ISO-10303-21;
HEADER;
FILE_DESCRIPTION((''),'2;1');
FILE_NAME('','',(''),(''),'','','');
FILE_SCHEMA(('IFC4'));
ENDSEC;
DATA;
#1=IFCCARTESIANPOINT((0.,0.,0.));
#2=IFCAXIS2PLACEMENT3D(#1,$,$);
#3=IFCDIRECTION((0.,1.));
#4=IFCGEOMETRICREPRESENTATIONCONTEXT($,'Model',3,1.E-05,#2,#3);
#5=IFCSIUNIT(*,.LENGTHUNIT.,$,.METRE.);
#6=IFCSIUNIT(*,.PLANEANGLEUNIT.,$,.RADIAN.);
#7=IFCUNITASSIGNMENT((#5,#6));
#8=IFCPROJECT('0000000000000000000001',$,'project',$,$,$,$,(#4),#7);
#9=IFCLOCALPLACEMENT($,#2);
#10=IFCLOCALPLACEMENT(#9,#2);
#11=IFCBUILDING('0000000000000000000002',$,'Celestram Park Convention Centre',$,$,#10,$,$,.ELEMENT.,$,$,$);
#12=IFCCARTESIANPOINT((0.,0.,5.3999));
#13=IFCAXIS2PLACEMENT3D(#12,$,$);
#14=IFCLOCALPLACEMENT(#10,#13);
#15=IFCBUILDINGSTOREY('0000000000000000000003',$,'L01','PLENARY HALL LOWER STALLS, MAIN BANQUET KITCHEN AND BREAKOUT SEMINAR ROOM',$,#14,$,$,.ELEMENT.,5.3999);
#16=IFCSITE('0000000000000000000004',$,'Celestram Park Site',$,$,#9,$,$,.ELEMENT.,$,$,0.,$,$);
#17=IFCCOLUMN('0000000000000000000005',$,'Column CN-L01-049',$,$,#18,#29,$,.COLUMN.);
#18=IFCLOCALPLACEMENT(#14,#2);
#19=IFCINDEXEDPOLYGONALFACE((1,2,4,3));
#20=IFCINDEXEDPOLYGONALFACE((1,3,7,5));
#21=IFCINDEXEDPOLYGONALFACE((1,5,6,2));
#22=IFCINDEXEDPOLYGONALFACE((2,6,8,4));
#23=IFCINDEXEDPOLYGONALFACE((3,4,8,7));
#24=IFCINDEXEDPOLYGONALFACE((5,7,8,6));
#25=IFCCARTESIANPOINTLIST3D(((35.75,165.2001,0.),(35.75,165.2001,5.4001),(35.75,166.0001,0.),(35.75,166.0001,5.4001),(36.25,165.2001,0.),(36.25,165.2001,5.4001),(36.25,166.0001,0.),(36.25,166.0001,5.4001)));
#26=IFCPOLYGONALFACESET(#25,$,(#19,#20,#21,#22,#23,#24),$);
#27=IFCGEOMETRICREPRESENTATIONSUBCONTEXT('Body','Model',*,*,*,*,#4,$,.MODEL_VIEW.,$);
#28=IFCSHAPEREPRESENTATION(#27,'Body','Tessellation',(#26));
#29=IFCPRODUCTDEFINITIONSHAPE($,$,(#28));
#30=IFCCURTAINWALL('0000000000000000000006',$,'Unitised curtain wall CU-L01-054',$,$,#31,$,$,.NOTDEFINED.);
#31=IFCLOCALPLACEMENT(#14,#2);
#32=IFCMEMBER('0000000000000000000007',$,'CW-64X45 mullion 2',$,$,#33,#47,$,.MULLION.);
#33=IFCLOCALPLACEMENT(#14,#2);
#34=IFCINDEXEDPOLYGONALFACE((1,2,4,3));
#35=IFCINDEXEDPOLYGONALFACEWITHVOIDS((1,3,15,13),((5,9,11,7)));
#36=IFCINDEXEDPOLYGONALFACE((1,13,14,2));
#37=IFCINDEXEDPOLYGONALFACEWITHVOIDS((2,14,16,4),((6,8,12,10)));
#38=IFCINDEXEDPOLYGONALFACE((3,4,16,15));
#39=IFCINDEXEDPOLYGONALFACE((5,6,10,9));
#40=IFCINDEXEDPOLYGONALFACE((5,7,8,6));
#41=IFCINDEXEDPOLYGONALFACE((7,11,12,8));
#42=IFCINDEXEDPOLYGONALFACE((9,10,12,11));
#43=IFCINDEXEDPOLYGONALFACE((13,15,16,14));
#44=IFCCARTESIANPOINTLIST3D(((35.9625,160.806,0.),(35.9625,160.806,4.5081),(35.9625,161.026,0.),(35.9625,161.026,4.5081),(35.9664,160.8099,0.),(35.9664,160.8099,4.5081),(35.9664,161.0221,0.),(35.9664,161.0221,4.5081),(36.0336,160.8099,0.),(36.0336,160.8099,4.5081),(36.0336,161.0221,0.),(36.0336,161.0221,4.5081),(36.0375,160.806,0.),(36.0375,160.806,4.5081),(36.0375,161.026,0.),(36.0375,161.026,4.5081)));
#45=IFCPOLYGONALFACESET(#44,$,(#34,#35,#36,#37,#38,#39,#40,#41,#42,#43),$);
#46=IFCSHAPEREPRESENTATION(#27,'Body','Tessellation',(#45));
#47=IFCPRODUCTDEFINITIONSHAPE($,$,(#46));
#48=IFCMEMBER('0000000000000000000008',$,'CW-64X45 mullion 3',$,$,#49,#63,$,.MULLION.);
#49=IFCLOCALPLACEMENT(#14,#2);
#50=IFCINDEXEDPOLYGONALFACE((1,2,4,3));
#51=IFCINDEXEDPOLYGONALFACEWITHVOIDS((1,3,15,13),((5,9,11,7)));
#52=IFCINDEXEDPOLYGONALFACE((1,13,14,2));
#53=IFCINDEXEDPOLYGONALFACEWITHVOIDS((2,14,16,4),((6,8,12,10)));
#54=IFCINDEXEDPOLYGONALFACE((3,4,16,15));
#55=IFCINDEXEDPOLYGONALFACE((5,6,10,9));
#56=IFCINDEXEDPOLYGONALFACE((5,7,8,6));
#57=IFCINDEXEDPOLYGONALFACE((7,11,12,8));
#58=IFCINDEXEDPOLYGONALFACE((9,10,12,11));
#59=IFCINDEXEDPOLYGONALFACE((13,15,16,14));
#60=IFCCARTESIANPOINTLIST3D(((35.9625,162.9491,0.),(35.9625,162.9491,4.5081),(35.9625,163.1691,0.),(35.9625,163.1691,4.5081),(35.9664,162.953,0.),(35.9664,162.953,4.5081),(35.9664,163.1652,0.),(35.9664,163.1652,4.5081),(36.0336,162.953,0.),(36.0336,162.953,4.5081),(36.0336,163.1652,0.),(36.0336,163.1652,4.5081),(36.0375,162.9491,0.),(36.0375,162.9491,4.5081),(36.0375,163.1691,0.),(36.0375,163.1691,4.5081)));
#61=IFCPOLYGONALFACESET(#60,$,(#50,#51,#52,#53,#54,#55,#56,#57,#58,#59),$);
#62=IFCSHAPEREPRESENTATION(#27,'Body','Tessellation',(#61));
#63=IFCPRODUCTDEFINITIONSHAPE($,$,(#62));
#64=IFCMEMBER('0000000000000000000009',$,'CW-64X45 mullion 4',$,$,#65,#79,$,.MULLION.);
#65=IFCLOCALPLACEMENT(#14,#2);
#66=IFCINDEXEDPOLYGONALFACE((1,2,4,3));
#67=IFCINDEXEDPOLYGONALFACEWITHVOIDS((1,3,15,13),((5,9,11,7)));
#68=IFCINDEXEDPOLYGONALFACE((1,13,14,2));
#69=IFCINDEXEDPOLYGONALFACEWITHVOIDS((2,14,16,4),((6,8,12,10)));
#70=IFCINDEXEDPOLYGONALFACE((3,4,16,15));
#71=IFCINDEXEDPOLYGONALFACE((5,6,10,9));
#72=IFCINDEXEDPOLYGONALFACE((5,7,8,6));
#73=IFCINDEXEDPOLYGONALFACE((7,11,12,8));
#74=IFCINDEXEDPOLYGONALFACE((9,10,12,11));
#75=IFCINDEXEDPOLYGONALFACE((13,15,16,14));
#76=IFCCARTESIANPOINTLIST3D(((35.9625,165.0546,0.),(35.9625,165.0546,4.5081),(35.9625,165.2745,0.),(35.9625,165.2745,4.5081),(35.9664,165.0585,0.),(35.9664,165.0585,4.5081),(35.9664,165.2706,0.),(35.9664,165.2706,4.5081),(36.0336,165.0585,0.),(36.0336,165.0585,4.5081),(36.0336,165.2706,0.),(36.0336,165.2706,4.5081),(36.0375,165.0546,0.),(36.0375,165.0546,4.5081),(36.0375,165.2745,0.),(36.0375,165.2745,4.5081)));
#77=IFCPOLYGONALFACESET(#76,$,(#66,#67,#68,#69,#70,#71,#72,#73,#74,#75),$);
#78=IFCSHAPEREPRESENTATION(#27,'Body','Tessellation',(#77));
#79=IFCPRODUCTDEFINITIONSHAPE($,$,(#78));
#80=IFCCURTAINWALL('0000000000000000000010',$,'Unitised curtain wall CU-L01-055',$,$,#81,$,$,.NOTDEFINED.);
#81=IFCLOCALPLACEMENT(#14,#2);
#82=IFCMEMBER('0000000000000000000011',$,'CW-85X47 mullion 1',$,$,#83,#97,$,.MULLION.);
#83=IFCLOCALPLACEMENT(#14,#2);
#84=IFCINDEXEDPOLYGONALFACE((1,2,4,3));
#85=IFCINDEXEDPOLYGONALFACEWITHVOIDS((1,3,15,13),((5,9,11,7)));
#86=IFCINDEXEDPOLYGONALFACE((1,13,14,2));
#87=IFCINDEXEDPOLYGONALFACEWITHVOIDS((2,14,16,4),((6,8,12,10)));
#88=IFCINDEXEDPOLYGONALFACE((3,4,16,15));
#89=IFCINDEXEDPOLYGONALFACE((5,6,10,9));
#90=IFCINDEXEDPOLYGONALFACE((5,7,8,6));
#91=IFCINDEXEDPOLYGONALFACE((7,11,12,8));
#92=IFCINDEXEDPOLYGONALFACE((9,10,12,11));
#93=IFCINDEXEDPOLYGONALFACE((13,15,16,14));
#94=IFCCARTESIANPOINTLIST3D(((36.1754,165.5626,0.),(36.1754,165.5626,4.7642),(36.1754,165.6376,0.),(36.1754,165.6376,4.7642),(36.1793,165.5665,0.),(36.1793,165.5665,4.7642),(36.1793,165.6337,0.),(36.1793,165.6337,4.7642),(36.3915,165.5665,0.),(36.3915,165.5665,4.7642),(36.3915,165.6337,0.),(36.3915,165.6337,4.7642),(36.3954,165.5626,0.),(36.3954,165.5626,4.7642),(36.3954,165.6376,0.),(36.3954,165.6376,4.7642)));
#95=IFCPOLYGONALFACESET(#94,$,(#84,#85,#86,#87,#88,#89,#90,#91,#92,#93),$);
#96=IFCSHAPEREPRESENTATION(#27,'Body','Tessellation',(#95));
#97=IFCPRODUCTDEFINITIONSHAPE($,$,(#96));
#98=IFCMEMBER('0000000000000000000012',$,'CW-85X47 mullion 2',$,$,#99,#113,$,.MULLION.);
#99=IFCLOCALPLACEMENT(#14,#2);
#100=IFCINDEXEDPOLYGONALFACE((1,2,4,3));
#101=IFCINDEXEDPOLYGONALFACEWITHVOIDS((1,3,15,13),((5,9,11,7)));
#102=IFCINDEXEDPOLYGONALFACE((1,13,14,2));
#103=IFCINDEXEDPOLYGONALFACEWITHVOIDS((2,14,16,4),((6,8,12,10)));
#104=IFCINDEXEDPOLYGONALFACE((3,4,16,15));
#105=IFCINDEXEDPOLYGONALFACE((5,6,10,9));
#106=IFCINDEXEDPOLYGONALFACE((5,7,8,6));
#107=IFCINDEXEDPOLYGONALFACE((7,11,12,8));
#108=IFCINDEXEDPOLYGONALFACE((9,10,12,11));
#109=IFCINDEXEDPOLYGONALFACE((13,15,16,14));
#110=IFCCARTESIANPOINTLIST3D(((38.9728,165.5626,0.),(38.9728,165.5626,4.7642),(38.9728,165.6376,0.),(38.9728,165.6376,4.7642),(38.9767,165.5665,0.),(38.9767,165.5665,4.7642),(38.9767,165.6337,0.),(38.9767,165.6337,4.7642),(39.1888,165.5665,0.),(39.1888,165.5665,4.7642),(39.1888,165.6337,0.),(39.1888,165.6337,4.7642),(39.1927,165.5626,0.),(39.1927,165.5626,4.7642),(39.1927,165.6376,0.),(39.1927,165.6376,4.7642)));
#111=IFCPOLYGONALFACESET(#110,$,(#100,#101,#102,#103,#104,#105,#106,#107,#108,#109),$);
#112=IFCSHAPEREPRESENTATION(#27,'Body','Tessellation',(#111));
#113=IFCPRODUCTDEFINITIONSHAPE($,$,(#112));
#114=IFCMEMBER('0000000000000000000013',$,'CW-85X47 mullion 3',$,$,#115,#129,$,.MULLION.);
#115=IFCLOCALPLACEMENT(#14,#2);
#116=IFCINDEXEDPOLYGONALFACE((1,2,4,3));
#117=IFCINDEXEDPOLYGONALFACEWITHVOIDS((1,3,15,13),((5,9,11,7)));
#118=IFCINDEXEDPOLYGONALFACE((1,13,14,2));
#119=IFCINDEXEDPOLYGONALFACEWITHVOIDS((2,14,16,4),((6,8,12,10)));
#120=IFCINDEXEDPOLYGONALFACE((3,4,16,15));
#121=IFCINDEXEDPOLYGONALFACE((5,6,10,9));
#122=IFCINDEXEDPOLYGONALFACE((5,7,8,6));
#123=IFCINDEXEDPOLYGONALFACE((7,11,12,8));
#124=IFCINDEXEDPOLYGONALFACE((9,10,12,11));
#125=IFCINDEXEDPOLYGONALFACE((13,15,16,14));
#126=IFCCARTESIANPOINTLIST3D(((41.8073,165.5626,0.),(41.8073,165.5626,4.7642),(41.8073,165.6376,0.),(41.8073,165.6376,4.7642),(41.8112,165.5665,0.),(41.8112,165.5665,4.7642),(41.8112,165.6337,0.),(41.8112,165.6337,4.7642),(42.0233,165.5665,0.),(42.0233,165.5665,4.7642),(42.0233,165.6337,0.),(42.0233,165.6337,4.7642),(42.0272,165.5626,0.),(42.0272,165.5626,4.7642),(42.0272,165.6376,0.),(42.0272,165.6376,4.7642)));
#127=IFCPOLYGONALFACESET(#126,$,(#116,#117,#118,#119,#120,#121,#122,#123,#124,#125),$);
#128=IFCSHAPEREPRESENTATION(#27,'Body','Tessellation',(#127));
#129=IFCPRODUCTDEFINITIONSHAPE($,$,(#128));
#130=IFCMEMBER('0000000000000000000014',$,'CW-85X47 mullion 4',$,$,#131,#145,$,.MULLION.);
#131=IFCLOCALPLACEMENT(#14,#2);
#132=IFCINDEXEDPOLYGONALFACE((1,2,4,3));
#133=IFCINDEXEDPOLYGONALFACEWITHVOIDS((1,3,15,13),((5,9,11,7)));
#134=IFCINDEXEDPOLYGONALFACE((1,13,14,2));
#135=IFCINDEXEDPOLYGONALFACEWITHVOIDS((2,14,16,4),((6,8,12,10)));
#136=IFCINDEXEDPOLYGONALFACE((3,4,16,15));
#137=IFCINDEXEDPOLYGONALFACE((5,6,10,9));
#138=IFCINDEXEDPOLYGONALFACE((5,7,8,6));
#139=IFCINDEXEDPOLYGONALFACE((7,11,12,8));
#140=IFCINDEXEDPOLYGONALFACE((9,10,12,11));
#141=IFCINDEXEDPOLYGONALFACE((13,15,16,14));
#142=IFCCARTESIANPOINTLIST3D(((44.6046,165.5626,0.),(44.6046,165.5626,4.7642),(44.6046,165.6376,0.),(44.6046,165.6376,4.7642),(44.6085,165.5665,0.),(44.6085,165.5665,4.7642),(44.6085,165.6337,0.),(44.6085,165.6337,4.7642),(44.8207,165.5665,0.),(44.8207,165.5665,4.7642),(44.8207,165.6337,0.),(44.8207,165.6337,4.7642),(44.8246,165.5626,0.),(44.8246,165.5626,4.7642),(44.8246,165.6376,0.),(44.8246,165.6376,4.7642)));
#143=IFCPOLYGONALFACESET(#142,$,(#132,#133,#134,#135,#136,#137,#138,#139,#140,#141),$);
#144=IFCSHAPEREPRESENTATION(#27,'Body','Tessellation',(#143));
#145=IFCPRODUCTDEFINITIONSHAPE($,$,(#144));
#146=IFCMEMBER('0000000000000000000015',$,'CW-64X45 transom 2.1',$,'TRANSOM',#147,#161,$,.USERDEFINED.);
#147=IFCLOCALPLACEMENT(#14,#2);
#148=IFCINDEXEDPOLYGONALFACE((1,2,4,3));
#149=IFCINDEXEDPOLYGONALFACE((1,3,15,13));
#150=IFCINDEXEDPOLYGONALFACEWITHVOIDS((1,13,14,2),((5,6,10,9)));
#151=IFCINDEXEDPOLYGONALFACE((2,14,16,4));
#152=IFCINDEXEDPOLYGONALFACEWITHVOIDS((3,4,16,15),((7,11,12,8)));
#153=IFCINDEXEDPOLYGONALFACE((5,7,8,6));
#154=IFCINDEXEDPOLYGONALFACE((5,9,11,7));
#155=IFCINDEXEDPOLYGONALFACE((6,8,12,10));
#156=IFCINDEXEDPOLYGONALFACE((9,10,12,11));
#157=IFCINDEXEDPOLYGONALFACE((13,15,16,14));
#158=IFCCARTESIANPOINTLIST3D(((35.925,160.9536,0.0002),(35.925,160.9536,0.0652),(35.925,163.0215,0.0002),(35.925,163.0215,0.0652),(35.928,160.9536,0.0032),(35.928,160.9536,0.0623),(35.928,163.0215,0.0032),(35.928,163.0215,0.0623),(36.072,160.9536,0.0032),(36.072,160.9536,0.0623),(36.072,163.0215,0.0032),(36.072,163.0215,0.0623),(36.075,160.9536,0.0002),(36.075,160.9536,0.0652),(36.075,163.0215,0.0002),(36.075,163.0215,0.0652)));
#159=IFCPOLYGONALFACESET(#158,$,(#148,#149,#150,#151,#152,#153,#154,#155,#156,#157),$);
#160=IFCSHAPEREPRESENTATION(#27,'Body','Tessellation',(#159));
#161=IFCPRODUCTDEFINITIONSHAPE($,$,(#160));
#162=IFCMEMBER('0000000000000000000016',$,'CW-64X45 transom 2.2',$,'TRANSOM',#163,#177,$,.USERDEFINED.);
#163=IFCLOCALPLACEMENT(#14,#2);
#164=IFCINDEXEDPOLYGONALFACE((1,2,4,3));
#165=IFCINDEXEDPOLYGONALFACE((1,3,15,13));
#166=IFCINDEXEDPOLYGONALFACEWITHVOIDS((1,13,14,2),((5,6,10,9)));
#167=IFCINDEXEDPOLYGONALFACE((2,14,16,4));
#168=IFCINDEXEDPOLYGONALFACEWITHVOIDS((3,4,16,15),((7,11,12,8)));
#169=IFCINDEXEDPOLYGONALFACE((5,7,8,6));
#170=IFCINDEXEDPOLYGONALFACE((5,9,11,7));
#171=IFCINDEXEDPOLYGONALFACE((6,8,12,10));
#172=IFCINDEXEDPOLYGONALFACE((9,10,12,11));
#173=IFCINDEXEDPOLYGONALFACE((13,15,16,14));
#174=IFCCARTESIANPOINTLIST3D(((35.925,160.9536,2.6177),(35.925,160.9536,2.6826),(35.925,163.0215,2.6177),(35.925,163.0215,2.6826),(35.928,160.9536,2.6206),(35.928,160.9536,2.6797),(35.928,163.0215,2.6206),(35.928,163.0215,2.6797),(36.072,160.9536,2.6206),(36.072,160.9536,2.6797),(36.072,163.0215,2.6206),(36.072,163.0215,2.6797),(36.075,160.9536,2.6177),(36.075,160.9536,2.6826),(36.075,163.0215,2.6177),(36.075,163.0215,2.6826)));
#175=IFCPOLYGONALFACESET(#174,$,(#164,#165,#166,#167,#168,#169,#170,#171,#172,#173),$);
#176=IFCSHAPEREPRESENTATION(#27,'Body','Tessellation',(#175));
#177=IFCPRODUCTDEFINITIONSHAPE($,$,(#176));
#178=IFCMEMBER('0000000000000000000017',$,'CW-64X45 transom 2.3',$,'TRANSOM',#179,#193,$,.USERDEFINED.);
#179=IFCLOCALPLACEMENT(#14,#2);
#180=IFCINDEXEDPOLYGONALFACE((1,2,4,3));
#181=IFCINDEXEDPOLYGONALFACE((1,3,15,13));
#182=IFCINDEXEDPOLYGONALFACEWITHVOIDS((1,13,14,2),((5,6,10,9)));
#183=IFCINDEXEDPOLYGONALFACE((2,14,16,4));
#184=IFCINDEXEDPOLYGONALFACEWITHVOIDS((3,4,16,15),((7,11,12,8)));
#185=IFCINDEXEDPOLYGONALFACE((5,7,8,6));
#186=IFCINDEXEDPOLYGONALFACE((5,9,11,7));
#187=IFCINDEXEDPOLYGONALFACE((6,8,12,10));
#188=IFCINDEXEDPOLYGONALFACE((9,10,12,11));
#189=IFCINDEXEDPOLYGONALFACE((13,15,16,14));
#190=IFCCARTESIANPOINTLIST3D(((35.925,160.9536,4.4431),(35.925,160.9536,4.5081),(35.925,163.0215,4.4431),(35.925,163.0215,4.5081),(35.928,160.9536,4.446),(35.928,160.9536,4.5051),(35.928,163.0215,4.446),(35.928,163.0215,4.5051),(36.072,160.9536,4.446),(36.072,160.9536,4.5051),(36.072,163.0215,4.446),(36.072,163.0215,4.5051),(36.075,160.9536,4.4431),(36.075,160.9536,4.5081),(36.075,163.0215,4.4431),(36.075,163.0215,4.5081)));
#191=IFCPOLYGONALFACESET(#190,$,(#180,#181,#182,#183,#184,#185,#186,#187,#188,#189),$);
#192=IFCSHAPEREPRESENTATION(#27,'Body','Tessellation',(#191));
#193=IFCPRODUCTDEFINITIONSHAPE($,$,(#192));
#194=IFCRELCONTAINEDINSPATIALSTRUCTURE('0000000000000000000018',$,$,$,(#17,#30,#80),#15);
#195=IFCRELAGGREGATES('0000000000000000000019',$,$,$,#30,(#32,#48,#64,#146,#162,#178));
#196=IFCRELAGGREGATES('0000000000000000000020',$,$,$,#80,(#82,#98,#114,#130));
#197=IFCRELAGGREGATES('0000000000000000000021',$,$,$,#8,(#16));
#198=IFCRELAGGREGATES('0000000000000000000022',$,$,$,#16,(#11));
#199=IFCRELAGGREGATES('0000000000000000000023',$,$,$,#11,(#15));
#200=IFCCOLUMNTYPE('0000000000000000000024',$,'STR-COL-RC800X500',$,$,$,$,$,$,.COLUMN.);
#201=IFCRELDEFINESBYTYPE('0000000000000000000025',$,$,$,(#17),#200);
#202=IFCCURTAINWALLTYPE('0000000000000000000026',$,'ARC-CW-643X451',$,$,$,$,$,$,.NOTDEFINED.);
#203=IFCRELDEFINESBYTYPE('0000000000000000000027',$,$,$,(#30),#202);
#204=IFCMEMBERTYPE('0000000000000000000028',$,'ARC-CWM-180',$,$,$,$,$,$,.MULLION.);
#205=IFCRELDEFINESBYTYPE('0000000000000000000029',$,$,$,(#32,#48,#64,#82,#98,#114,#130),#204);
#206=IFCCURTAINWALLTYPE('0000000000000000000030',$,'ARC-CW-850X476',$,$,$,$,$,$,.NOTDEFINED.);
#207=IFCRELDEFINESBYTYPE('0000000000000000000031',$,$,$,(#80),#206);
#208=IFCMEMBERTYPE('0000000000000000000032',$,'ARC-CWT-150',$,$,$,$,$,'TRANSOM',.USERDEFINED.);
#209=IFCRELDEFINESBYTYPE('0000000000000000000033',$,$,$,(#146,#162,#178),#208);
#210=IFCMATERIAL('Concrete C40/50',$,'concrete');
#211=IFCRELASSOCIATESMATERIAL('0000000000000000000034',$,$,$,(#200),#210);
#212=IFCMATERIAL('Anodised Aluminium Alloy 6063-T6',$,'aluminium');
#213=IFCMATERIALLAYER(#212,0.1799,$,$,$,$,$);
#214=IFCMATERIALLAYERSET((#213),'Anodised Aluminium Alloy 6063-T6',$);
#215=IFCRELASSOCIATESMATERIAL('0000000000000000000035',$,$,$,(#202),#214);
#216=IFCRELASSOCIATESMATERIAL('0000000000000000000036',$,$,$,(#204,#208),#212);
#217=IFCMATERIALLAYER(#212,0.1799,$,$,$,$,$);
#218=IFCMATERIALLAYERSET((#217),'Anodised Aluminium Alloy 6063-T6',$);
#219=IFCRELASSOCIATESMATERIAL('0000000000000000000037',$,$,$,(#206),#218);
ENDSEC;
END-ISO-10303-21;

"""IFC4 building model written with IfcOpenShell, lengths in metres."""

from ifc_helpers import new_model, si_unit, direction, frame, origin, origin_2d, place, context, subcontext, project, spatial, rectangle, hollow_rectangle, extrude, material, layer, layer_set, material_profile, profile_set, type_object, element, aggregate, save


model = new_model("IFC4")

# Units and contexts
model_context = context("Model", 3, precision=1e-05, world=origin(), true_north=direction((0.0, 1.0)))
body_context = subcontext(model_context, "Body", "Model", "MODEL_VIEW")
ifc_project = project(units=[si_unit("LENGTHUNIT", "METRE"), si_unit("PLANEANGLEUNIT", "RADIAN")], contexts=[model_context])

# Site, building, storey
site_placement = place(None, origin())
site = spatial("IfcSite", under=ifc_project, at=site_placement, Name="Celestram Park Site", CompositionType="ELEMENT", RefElevation=0.0)
building_placement = place(site_placement, origin())
building = spatial("IfcBuilding", under=site, at=building_placement, Name="Celestram Park Convention Centre", CompositionType="ELEMENT")
storey_placement = place(building_placement, frame((0.0, 0.0, 5.3999)))
storey = spatial("IfcBuildingStorey", under=building, at=storey_placement, Name="L01", Description="PLENARY HALL LOWER STALLS, MAIN BANQUET KITCHEN AND BREAKOUT SEMINAR ROOM", CompositionType="ELEMENT", Elevation=5.3999)

# Column
ifc_material_1 = material(Name="Concrete C40/50", Category="concrete")
ifc_material_profile_1 = material_profile(ifc_material_1, rectangle(XDim=0.5, YDim=0.8, at=origin_2d()), Name="RC800X500")
ifc_profile_set_1 = profile_set([ifc_material_profile_1], Name="Concrete C40/50")
column_type = type_object("IfcColumnType", Name="STR-COL-RC800X500", PredefinedType="COLUMN", material=ifc_profile_set_1)
column_placement = place(storey_placement, frame((36.0, 165.6001, 0.0), z_axis=(0.0, 0.0, 1.0), x_axis=(1.0, 0.0, 0.0)))
element("IfcColumn", 1, at=column_placement, inside=storey, type_object=column_type, Name="Column CN-L01-049", PredefinedType="COLUMN", context=body_context, shape_type="SweptSolid", body=[
    extrude(rectangle(XDim=0.5, YDim=0.8, at=origin_2d()), origin(), (0.0, 0.0, 1.0), 5.4001),
])

# Curtain walls, members
ifc_material_2 = material(Name="Anodised Aluminium Alloy 6063-T6", Category="aluminium")
ifc_layer_1 = layer(ifc_material_2, 0.1799)
ifc_layer_set_1 = layer_set([ifc_layer_1], Name="Anodised Aluminium Alloy 6063-T6")
curtain_wall_type_1 = type_object("IfcCurtainWallType", Name="ARC-CW-643X451", PredefinedType="NOTDEFINED", material=ifc_layer_set_1)
curtain_wall_1_placement = place(storey_placement, origin())
curtain_wall_1 = element("IfcCurtainWall", 2, at=curtain_wall_1_placement, inside=storey, type_object=curtain_wall_type_1, Name="Unitised curtain wall CU-L01-054", PredefinedType="NOTDEFINED")
ifc_material_profile_2 = material_profile(ifc_material_2, hollow_rectangle(XDim=0.075, YDim=0.22, WallThickness=0.0039, at=origin_2d()), Name="ALU75X220X4")
ifc_profile_set_2 = profile_set([ifc_material_profile_2], Name="Anodised Aluminium Alloy 6063-T6")
member_type_1 = type_object("IfcMemberType", Name="ARC-CWM-180", PredefinedType="MULLION", material=ifc_profile_set_2)
member_1_placement = place(storey_placement, frame((36.0, 160.916, 0.0), z_axis=(0.0, 0.0, 1.0), x_axis=(-1.0, 0.0, 0.0)))
member_1 = element("IfcMember", 3, at=member_1_placement, type_object=member_type_1, Name="CW-64X45 mullion 2", PredefinedType="MULLION", context=body_context, shape_type="SweptSolid", body=[
    extrude(hollow_rectangle(XDim=0.075, YDim=0.22, WallThickness=0.0039, at=origin_2d()), origin(), (0.0, 0.0, 1.0), 4.5081),
])
member_2_placement = place(storey_placement, frame((36.0, 163.0591, 0.0), z_axis=(0.0, 0.0, 1.0), x_axis=(-1.0, 0.0, 0.0)))
member_2 = element("IfcMember", 4, at=member_2_placement, type_object=member_type_1, Name="CW-64X45 mullion 3", PredefinedType="MULLION", context=body_context, shape_type="SweptSolid", body=[
    extrude(hollow_rectangle(XDim=0.075, YDim=0.22, WallThickness=0.0039, at=origin_2d()), origin(), (0.0, 0.0, 1.0), 4.5081),
])
member_3_placement = place(storey_placement, frame((36.0, 165.1646, 0.0), z_axis=(0.0, 0.0, 1.0), x_axis=(-1.0, 0.0, 0.0)))
member_3 = element("IfcMember", 5, at=member_3_placement, type_object=member_type_1, Name="CW-64X45 mullion 4", PredefinedType="MULLION", context=body_context, shape_type="SweptSolid", body=[
    extrude(hollow_rectangle(XDim=0.075, YDim=0.22, WallThickness=0.0039, at=origin_2d()), origin(), (0.0, 0.0, 1.0), 4.5081),
])
ifc_layer_2 = layer(ifc_material_2, 0.1799)
ifc_layer_set_2 = layer_set([ifc_layer_2], Name="Anodised Aluminium Alloy 6063-T6")
curtain_wall_type_2 = type_object("IfcCurtainWallType", Name="ARC-CW-850X476", PredefinedType="NOTDEFINED", material=ifc_layer_set_2)
curtain_wall_2_placement = place(storey_placement, origin())
curtain_wall_2 = element("IfcCurtainWall", 6, at=curtain_wall_2_placement, inside=storey, type_object=curtain_wall_type_2, Name="Unitised curtain wall CU-L01-055", PredefinedType="NOTDEFINED")
member_4_placement = place(storey_placement, frame((36.2854, 165.6001, 0.0), z_axis=(0.0, 0.0, 1.0), x_axis=(0.0, 1.0, 0.0)))
member_4 = element("IfcMember", 7, at=member_4_placement, type_object=member_type_1, Name="CW-85X47 mullion 1", PredefinedType="MULLION", context=body_context, shape_type="SweptSolid", body=[
    extrude(hollow_rectangle(XDim=0.075, YDim=0.22, WallThickness=0.0039, at=origin_2d()), origin(), (0.0, 0.0, 1.0), 4.7642),
])
member_5_placement = place(storey_placement, frame((39.0828, 165.6001, 0.0), z_axis=(0.0, 0.0, 1.0), x_axis=(0.0, 1.0, 0.0)))
member_5 = element("IfcMember", 8, at=member_5_placement, type_object=member_type_1, Name="CW-85X47 mullion 2", PredefinedType="MULLION", context=body_context, shape_type="SweptSolid", body=[
    extrude(hollow_rectangle(XDim=0.075, YDim=0.22, WallThickness=0.0039, at=origin_2d()), origin(), (0.0, 0.0, 1.0), 4.7642),
])
member_6_placement = place(storey_placement, frame((41.9172, 165.6001, 0.0), z_axis=(0.0, 0.0, 1.0), x_axis=(0.0, 1.0, 0.0)))
member_6 = element("IfcMember", 9, at=member_6_placement, type_object=member_type_1, Name="CW-85X47 mullion 3", PredefinedType="MULLION", context=body_context, shape_type="SweptSolid", body=[
    extrude(hollow_rectangle(XDim=0.075, YDim=0.22, WallThickness=0.0039, at=origin_2d()), origin(), (0.0, 0.0, 1.0), 4.7642),
])
member_7_placement = place(storey_placement, frame((44.7146, 165.6001, 0.0), z_axis=(0.0, 0.0, 1.0), x_axis=(0.0, 1.0, 0.0)))
member_7 = element("IfcMember", 10, at=member_7_placement, type_object=member_type_1, Name="CW-85X47 mullion 4", PredefinedType="MULLION", context=body_context, shape_type="SweptSolid", body=[
    extrude(hollow_rectangle(XDim=0.075, YDim=0.22, WallThickness=0.0039, at=origin_2d()), origin(), (0.0, 0.0, 1.0), 4.7642),
])

# Members
ifc_material_profile_3 = material_profile(ifc_material_2, hollow_rectangle(XDim=0.1499, YDim=0.0649, WallThickness=0.0029, at=origin_2d()), Name="ALU150X65X3")
ifc_profile_set_3 = profile_set([ifc_material_profile_3], Name="Anodised Aluminium Alloy 6063-T6")
member_type_2 = type_object("IfcMemberType", Name="ARC-CWT-150", ElementType="TRANSOM", PredefinedType="USERDEFINED", material=ifc_profile_set_3)
member_8_placement = place(storey_placement, frame((36.0, 160.9536, 0.0327), z_axis=(0.0, 1.0, 0.0), x_axis=(-1.0, 0.0, 0.0)))
member_8 = element("IfcMember", 11, at=member_8_placement, type_object=member_type_2, Name="CW-64X45 transom 2.1", ObjectType="TRANSOM", PredefinedType="USERDEFINED", context=body_context, shape_type="SweptSolid", body=[
    extrude(hollow_rectangle(XDim=0.1499, YDim=0.0649, WallThickness=0.0029, at=origin_2d()), origin(), (0.0, 0.0, 1.0), 2.0679),
])
member_9_placement = place(storey_placement, frame((36.0, 160.9536, 2.6501), z_axis=(0.0, 1.0, 0.0), x_axis=(-1.0, 0.0, 0.0)))
member_9 = element("IfcMember", 12, at=member_9_placement, type_object=member_type_2, Name="CW-64X45 transom 2.2", ObjectType="TRANSOM", PredefinedType="USERDEFINED", context=body_context, shape_type="SweptSolid", body=[
    extrude(hollow_rectangle(XDim=0.1499, YDim=0.0649, WallThickness=0.0029, at=origin_2d()), origin(), (0.0, 0.0, 1.0), 2.0679),
])
member_10_placement = place(storey_placement, frame((36.0, 160.9536, 4.4756), z_axis=(0.0, 1.0, 0.0), x_axis=(-1.0, 0.0, 0.0)))
member_10 = element("IfcMember", 13, at=member_10_placement, type_object=member_type_2, Name="CW-64X45 transom 2.3", ObjectType="TRANSOM", PredefinedType="USERDEFINED", context=body_context, shape_type="SweptSolid", body=[
    extrude(hollow_rectangle(XDim=0.1499, YDim=0.0649, WallThickness=0.0029, at=origin_2d()), origin(), (0.0, 0.0, 1.0), 2.0679),
])

aggregate(curtain_wall_1, [member_1, member_2, member_3, member_8, member_9, member_10])
aggregate(curtain_wall_2, [member_4, member_5, member_6, member_7])

save(model, "model.ifc")
